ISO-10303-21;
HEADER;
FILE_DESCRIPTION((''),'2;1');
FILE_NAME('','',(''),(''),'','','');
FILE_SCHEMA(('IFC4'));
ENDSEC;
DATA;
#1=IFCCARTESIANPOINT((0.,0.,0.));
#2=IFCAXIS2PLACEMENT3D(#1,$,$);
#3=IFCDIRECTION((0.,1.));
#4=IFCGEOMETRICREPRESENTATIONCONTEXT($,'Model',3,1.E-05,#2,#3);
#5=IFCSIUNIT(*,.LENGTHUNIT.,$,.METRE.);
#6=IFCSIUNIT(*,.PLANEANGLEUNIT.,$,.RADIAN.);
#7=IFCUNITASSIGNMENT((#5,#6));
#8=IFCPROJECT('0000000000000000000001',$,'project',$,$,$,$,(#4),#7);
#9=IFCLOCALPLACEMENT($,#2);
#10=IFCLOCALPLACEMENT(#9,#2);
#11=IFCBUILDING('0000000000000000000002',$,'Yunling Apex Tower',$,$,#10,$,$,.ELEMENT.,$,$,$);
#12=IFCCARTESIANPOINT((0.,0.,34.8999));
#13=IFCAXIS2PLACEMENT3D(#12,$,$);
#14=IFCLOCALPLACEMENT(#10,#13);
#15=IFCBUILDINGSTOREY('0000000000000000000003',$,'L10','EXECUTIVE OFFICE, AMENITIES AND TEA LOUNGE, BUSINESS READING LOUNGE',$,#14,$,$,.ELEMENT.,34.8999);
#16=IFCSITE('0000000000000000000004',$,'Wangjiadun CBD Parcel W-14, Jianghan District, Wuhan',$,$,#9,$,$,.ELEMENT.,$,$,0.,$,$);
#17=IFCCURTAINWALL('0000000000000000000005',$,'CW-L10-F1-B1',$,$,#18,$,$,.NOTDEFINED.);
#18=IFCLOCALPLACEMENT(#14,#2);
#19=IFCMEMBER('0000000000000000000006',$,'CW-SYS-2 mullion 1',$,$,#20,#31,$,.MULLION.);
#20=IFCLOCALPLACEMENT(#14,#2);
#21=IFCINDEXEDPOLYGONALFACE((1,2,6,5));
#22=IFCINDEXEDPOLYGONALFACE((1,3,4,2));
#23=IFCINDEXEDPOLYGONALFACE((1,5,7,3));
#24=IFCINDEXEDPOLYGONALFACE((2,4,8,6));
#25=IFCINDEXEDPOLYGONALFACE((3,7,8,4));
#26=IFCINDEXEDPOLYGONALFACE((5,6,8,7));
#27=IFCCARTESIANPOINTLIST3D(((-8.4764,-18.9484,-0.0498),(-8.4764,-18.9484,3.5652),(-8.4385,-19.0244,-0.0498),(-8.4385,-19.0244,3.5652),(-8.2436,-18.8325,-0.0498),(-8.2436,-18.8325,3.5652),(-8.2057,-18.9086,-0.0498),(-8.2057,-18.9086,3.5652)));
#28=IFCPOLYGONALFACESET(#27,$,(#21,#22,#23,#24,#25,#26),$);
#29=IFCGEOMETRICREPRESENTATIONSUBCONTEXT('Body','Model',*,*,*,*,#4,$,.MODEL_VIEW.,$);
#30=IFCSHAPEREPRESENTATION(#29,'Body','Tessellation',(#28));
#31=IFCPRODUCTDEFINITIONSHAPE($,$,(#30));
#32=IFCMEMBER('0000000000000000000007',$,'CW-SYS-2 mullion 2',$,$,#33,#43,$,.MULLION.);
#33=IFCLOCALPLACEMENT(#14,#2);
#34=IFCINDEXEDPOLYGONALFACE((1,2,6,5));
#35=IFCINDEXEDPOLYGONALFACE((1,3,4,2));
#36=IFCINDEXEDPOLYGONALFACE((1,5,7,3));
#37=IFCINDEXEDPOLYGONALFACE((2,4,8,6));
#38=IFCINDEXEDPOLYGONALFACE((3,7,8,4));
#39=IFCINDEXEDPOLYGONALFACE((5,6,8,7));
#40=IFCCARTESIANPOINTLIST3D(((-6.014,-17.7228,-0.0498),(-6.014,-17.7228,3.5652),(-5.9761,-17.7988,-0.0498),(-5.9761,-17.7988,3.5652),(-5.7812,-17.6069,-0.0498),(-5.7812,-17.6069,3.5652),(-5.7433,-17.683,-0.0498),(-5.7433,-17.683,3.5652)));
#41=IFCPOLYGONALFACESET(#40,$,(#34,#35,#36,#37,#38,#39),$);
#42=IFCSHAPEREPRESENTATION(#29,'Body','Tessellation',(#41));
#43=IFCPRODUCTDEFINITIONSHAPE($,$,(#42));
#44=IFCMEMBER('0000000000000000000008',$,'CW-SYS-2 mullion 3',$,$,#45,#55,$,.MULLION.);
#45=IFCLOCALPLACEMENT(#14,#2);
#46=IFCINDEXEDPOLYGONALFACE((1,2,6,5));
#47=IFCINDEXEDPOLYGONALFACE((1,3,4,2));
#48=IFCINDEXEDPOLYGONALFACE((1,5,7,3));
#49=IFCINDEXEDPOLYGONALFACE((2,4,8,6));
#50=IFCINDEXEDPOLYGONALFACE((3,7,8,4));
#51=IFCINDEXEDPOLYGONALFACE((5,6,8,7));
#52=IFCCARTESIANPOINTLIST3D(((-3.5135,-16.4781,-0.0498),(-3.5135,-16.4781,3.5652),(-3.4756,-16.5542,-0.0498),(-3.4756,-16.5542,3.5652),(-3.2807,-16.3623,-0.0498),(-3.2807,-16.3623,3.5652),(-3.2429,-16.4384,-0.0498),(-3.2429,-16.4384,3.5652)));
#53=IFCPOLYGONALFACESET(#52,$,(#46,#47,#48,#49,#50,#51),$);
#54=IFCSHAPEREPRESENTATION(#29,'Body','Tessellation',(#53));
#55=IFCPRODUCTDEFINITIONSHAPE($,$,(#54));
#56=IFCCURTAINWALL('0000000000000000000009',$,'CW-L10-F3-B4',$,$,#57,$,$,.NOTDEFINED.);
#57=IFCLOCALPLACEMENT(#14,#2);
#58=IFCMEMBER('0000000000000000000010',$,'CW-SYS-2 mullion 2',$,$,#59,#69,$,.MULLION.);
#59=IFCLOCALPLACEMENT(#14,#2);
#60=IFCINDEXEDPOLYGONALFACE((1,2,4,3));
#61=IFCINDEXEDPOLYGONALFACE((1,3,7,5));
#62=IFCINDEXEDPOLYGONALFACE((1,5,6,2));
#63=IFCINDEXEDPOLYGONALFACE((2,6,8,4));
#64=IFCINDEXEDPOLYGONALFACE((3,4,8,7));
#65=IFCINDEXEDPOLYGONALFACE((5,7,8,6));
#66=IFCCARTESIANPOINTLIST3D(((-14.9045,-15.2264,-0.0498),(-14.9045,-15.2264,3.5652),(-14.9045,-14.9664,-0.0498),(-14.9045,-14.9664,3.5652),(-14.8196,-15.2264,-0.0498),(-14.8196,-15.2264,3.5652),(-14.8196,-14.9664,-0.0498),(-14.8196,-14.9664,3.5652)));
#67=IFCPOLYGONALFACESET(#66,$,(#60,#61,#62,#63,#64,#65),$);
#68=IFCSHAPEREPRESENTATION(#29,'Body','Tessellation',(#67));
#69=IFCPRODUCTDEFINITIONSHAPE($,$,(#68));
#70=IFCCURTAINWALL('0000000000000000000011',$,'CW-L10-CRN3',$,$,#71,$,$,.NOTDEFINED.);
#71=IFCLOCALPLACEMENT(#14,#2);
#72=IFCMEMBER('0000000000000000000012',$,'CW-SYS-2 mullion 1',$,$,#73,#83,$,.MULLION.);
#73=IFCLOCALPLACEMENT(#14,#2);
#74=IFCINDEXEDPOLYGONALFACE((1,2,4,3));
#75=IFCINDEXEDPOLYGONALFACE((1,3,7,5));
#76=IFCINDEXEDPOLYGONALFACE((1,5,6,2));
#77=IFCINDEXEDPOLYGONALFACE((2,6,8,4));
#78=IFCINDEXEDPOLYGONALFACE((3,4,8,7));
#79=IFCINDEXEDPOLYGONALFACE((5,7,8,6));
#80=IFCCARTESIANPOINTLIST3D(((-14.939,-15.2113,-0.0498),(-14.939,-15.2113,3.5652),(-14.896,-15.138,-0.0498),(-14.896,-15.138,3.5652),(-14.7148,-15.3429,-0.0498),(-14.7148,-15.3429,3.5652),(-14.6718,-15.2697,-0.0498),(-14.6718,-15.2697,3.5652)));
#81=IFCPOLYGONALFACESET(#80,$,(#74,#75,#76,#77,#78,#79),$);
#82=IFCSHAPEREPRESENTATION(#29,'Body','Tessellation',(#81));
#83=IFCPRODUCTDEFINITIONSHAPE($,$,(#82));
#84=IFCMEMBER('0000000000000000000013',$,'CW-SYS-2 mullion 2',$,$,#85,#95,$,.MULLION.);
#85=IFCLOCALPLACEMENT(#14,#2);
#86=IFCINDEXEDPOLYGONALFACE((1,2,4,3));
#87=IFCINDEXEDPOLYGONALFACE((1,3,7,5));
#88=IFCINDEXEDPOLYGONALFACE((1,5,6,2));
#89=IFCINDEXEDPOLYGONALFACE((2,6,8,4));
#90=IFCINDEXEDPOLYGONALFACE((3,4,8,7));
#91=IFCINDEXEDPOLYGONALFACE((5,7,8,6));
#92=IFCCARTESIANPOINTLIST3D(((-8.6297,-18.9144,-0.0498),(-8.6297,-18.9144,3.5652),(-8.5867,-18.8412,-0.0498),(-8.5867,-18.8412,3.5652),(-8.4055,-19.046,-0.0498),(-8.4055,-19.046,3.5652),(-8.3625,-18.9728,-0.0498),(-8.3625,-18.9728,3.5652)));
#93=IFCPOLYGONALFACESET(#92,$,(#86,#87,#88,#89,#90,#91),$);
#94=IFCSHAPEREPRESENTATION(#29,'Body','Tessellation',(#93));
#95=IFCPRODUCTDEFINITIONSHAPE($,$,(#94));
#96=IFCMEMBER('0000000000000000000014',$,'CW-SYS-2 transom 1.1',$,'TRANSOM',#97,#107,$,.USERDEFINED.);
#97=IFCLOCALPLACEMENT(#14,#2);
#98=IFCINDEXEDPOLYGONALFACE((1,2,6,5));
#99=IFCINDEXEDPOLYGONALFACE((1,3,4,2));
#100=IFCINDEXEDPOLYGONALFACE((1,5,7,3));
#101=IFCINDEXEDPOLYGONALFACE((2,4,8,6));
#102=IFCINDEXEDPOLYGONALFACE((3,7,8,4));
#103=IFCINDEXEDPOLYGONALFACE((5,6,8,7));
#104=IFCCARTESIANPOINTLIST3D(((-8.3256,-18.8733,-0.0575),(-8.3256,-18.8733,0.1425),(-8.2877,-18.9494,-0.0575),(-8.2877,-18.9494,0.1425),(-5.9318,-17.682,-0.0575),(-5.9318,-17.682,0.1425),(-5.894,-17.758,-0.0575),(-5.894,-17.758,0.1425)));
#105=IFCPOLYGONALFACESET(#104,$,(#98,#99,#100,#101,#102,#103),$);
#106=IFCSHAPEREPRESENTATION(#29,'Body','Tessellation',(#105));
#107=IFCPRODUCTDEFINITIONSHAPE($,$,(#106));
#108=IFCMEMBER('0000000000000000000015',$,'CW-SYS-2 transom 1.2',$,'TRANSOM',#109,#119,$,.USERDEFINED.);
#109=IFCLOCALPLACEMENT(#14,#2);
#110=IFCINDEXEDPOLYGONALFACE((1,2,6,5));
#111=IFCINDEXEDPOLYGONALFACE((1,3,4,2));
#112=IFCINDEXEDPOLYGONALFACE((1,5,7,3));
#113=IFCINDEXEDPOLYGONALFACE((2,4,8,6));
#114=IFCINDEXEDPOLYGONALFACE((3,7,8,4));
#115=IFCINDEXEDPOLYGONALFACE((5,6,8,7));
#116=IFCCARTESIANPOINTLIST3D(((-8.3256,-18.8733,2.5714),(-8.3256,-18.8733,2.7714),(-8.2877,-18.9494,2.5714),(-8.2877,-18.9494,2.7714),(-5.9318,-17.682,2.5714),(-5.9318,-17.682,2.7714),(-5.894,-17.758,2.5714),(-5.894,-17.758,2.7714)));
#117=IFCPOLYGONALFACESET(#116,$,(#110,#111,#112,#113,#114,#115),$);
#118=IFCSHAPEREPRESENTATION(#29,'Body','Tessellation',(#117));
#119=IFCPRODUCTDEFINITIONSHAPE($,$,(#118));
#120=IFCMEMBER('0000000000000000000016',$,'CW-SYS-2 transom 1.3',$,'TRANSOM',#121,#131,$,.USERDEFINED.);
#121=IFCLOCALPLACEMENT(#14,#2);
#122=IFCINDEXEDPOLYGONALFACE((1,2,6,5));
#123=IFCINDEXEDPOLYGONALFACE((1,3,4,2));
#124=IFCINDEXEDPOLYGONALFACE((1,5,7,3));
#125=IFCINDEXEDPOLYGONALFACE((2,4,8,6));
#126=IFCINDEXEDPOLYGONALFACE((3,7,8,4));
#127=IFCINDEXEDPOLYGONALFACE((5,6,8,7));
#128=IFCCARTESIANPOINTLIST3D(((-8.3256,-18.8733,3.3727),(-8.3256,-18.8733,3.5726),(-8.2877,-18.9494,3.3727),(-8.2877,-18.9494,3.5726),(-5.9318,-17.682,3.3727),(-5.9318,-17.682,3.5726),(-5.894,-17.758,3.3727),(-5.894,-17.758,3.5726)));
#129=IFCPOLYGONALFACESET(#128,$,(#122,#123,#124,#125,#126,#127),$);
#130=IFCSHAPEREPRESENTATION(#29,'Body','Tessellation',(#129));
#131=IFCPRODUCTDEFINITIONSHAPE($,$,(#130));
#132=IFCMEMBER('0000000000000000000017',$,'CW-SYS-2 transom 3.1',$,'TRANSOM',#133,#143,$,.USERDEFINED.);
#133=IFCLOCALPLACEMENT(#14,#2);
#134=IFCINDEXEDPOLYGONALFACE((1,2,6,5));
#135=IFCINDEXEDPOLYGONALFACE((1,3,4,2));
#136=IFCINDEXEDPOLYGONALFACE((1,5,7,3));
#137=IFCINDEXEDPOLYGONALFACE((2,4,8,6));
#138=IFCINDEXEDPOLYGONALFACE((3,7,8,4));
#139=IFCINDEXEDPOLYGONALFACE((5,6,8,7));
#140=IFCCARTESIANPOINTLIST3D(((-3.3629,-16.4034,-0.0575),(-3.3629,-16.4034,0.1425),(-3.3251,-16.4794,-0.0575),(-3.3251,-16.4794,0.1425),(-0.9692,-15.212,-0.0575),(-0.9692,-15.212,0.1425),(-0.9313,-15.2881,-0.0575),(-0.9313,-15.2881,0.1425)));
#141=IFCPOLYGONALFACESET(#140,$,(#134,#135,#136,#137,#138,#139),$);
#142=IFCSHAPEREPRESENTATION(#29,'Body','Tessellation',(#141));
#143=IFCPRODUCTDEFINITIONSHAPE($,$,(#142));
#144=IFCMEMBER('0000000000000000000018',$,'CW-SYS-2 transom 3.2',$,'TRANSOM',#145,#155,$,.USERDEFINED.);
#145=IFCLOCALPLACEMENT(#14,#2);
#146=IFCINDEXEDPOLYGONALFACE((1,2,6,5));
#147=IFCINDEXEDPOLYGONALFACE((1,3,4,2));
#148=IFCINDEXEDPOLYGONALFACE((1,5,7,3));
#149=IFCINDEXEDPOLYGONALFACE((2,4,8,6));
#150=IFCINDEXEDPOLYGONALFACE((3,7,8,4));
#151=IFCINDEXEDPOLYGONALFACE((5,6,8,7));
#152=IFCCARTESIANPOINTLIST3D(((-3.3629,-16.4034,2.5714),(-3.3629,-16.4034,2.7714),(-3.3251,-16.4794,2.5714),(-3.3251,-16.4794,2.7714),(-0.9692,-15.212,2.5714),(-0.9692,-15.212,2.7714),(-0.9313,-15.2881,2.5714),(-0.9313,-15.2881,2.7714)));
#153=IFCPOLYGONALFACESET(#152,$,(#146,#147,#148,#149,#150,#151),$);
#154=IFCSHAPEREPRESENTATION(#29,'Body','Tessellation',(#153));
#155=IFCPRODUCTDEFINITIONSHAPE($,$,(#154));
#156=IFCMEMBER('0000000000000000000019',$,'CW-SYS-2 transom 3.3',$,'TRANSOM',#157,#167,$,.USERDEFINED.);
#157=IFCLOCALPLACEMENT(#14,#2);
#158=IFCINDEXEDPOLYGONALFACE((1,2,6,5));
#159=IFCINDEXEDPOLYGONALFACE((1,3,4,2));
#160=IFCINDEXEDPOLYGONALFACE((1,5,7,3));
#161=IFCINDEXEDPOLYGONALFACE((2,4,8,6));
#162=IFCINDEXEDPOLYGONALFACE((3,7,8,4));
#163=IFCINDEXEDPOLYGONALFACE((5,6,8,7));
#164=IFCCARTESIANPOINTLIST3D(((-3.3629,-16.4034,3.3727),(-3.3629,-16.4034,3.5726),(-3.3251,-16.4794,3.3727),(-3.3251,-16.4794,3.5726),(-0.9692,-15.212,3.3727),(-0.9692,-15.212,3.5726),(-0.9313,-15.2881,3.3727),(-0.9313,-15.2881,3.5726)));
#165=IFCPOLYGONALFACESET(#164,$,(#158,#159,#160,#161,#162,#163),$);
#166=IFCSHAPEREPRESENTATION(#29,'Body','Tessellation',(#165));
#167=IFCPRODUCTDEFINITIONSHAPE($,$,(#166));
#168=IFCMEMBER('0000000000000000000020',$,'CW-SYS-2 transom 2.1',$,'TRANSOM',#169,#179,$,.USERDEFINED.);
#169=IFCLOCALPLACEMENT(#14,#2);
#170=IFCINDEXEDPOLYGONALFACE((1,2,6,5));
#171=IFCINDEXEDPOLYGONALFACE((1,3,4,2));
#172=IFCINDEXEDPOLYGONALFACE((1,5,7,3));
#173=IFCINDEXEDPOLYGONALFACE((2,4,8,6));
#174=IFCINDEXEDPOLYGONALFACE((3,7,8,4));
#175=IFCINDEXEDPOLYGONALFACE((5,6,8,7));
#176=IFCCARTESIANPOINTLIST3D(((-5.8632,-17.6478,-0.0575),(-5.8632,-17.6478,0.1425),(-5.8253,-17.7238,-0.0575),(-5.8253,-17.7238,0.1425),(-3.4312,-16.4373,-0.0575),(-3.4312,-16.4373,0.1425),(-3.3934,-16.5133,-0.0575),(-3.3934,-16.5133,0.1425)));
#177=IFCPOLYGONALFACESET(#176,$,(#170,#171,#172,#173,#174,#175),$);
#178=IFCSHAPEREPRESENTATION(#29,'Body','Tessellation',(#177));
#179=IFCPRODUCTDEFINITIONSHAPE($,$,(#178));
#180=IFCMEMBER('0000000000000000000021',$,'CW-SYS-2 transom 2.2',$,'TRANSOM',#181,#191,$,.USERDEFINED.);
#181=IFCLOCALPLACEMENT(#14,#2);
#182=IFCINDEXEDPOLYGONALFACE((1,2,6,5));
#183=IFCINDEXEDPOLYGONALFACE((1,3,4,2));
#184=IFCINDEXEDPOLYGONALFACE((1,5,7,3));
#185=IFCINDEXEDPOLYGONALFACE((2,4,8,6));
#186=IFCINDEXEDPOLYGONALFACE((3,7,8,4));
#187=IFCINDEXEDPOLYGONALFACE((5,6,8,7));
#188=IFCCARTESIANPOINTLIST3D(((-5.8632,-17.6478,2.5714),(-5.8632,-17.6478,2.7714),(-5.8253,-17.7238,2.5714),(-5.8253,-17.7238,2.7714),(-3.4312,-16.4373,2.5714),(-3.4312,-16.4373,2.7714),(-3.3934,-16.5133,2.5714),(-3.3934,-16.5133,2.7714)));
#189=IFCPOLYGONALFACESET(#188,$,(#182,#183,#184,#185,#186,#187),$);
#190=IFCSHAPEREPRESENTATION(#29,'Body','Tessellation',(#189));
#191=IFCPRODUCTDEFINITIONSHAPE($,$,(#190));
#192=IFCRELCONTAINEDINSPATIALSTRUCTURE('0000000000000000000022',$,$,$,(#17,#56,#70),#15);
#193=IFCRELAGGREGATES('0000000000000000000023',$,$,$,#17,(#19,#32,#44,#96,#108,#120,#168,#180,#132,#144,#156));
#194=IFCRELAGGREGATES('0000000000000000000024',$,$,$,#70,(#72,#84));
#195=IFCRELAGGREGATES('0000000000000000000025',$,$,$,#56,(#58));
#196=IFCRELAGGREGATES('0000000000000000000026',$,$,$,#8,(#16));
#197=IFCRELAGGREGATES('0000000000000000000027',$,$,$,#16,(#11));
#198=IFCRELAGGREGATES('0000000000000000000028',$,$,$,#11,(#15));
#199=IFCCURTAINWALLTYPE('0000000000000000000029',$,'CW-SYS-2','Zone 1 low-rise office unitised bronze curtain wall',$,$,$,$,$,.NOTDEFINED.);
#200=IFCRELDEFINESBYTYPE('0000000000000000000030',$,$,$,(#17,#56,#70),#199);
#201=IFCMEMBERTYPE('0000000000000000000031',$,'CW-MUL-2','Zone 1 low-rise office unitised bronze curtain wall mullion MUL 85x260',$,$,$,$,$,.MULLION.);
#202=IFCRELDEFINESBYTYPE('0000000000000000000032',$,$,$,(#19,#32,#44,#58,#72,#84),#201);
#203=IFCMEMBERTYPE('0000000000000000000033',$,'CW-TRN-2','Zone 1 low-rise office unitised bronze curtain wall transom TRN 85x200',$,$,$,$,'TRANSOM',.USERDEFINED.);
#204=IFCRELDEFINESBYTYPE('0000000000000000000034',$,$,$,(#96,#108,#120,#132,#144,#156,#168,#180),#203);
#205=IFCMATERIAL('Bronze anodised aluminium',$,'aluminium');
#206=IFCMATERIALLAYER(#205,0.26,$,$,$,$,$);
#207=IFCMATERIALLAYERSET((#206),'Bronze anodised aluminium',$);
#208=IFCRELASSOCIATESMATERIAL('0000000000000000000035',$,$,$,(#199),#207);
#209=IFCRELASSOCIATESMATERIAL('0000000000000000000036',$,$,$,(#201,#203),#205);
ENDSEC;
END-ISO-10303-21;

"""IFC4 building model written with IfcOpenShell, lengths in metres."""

from ifc_helpers import new_model, si_unit, direction, frame, origin, origin_2d, place, context, subcontext, project, spatial, rectangle, extrude, source, transform, mapped, material, layer, layer_set, material_profile, profile_set, type_object, element, aggregate, save


model = new_model("IFC4")

# Units and contexts
model_context = context("Model", 3, precision=1e-05, world=origin(), true_north=direction((0.0, 1.0)))
body_context = subcontext(model_context, "Body", "Model", "MODEL_VIEW")
ifc_project = project(units=[si_unit("LENGTHUNIT", "METRE"), si_unit("PLANEANGLEUNIT", "RADIAN")], contexts=[model_context])

# Site, building, storey
site_placement = place(None, origin())
site = spatial("IfcSite", under=ifc_project, at=site_placement, Name="Wangjiadun CBD Parcel W-14, Jianghan District, Wuhan", CompositionType="ELEMENT", RefElevation=0.0)
building_placement = place(site_placement, origin())
building = spatial("IfcBuilding", under=site, at=building_placement, Name="Yunling Apex Tower", CompositionType="ELEMENT")
storey_placement = place(building_placement, frame((0.0, 0.0, 34.8999)))
storey = spatial("IfcBuildingStorey", under=building, at=storey_placement, Name="L10", Description="EXECUTIVE OFFICE, AMENITIES AND TEA LOUNGE, BUSINESS READING LOUNGE", CompositionType="ELEMENT", Elevation=34.8999)

# Curtain wall, members
ifc_material_1 = material(Name="Bronze anodised aluminium", Category="aluminium")
ifc_layer_1 = layer(ifc_material_1, 0.26)
ifc_layer_set_1 = layer_set([ifc_layer_1], Name="Bronze anodised aluminium")
curtain_wall_type = type_object("IfcCurtainWallType", Name="CW-SYS-2", Description="Zone 1 low-rise office unitised bronze curtain wall", PredefinedType="NOTDEFINED", material=ifc_layer_set_1)
curtain_wall_1_placement = place(storey_placement, origin())
curtain_wall_1 = element("IfcCurtainWall", 1, at=curtain_wall_1_placement, inside=storey, type_object=curtain_wall_type, Name="CW-L10-F1-B1", PredefinedType="NOTDEFINED")
ifc_material_profile_1 = material_profile(ifc_material_1, rectangle(XDim=0.085, YDim=0.26, at=origin_2d()))
ifc_profile_set_1 = profile_set([ifc_material_profile_1], Name="Bronze anodised aluminium")
member_type_1 = type_object("IfcMemberType", Name="CW-MUL-2", Description="Zone 1 low-rise office unitised bronze curtain wall mullion MUL 85x260", PredefinedType="MULLION", material=ifc_profile_set_1)
shared_shape_1 = source(origin(), body_context, "Body", "SweptSolid", [
    extrude(rectangle(XDim=0.085, YDim=0.26, at=origin_2d()), origin(), (0.0, 0.0, 1.0), 3.615),
])
member_1_placement = place(storey_placement, frame((-8.3411, -18.9285, -0.0498), z_axis=(0.0, 0.0, 1.0), x_axis=(-0.445571, 0.895247, 0.0)))
member_1 = element("IfcMember", 2, at=member_1_placement, type_object=member_type_1, Name="CW-SYS-2 mullion 1", PredefinedType="MULLION", context=body_context, shape_type="MappedRepresentation", body=[
    mapped(shared_shape_1, transform((0.0, 0.0, 0.0), scale=1.0)),
])
member_2_placement = place(storey_placement, frame((-5.8787, -17.7029, -0.0498), z_axis=(0.0, 0.0, 1.0), x_axis=(-0.445571, 0.895247, 0.0)))
member_2 = element("IfcMember", 3, at=member_2_placement, type_object=member_type_1, Name="CW-SYS-2 mullion 2", PredefinedType="MULLION", context=body_context, shape_type="MappedRepresentation", body=[
    mapped(shared_shape_1, transform((0.0, 0.0, 0.0), scale=1.0)),
])
member_3_placement = place(storey_placement, frame((-3.3782, -16.4583, -0.0498), z_axis=(0.0, 0.0, 1.0), x_axis=(-0.445571, 0.895247, 0.0)))
member_3 = element("IfcMember", 4, at=member_3_placement, type_object=member_type_1, Name="CW-SYS-2 mullion 3", PredefinedType="MULLION", context=body_context, shape_type="MappedRepresentation", body=[
    mapped(shared_shape_1, transform((0.0, 0.0, 0.0), scale=1.0)),
])

# Curtain wall, member
curtain_wall_2_placement = place(storey_placement, origin())
curtain_wall_2 = element("IfcCurtainWall", 5, at=curtain_wall_2_placement, inside=storey, type_object=curtain_wall_type, Name="CW-L10-F3-B4", PredefinedType="NOTDEFINED")
member_4_placement = place(storey_placement, frame((-14.8621, -15.0964, -0.0498), z_axis=(0.0, 0.0, 1.0), x_axis=(1.0, 0.0, 0.0)))
member_4 = element("IfcMember", 6, at=member_4_placement, type_object=member_type_1, Name="CW-SYS-2 mullion 2", PredefinedType="MULLION", context=body_context, shape_type="MappedRepresentation", body=[
    mapped(shared_shape_1, transform((0.0, 0.0, 0.0), scale=1.0)),
])

# Curtain wall, members
curtain_wall_3_placement = place(storey_placement, origin())
curtain_wall_3 = element("IfcCurtainWall", 7, at=curtain_wall_3_placement, inside=storey, type_object=curtain_wall_type, Name="CW-L10-CRN3", PredefinedType="NOTDEFINED")
member_5_placement = place(storey_placement, frame((-14.8054, -15.2405, -0.0498), z_axis=(0.0, 0.0, 1.0), x_axis=(0.506196, 0.862419, 0.0)))
member_5 = element("IfcMember", 8, at=member_5_placement, type_object=member_type_1, Name="CW-SYS-2 mullion 1", PredefinedType="MULLION", context=body_context, shape_type="MappedRepresentation", body=[
    mapped(shared_shape_1, transform((0.0, 0.0, 0.0), scale=1.0)),
])
member_6_placement = place(storey_placement, frame((-8.4961, -18.9436, -0.0498), z_axis=(0.0, 0.0, 1.0), x_axis=(0.506196, 0.862419, 0.0)))
member_6 = element("IfcMember", 9, at=member_6_placement, type_object=member_type_1, Name="CW-SYS-2 mullion 2", PredefinedType="MULLION", context=body_context, shape_type="MappedRepresentation", body=[
    mapped(shared_shape_1, transform((0.0, 0.0, 0.0), scale=1.0)),
])

# Members
ifc_material_profile_2 = material_profile(ifc_material_1, rectangle(XDim=0.085, YDim=0.2, at=origin_2d()))
ifc_profile_set_2 = profile_set([ifc_material_profile_2], Name="Bronze anodised aluminium")
member_type_2 = type_object("IfcMemberType", Name="CW-TRN-2", Description="Zone 1 low-rise office unitised bronze curtain wall transom TRN 85x200", ElementType="TRANSOM", PredefinedType="USERDEFINED", material=ifc_profile_set_2)
shared_shape_2 = source(origin(), body_context, "Body", "SweptSolid", [
    extrude(rectangle(XDim=0.085, YDim=0.2, at=origin_2d()), origin(), (0.0, 0.0, 1.0), 2.6738),
])
member_7_placement = place(storey_placement, frame((-8.3066, -18.9114, 0.0425), z_axis=(0.895247, 0.445569, 0.0), x_axis=(-0.445569, 0.895247, 0.0)))
member_7 = element("IfcMember", 10, at=member_7_placement, type_object=member_type_2, Name="CW-SYS-2 transom 1.1", ObjectType="TRANSOM", PredefinedType="USERDEFINED", context=body_context, shape_type="MappedRepresentation", body=[
    mapped(shared_shape_2, transform((0.0, 0.0, 0.0), scale=1.0)),
])
member_8_placement = place(storey_placement, frame((-8.3066, -18.9114, 2.6714), z_axis=(0.895247, 0.445569, 0.0), x_axis=(-0.445569, 0.895247, 0.0)))
member_8 = element("IfcMember", 11, at=member_8_placement, type_object=member_type_2, Name="CW-SYS-2 transom 1.2", ObjectType="TRANSOM", PredefinedType="USERDEFINED", context=body_context, shape_type="MappedRepresentation", body=[
    mapped(shared_shape_2, transform((0.0, 0.0, 0.0), scale=1.0)),
])
member_9_placement = place(storey_placement, frame((-8.3066, -18.9114, 3.4727), z_axis=(0.895247, 0.445569, 0.0), x_axis=(-0.445569, 0.895247, 0.0)))
member_9 = element("IfcMember", 12, at=member_9_placement, type_object=member_type_2, Name="CW-SYS-2 transom 1.3", ObjectType="TRANSOM", PredefinedType="USERDEFINED", context=body_context, shape_type="MappedRepresentation", body=[
    mapped(shared_shape_2, transform((0.0, 0.0, 0.0), scale=1.0)),
])
member_10_placement = place(storey_placement, frame((-3.344, -16.4414, 0.0425), z_axis=(0.895247, 0.445569, 0.0), x_axis=(-0.445569, 0.895247, 0.0)))
member_10 = element("IfcMember", 13, at=member_10_placement, type_object=member_type_2, Name="CW-SYS-2 transom 3.1", ObjectType="TRANSOM", PredefinedType="USERDEFINED", context=body_context, shape_type="MappedRepresentation", body=[
    mapped(shared_shape_2, transform((0.0, 0.0, 0.0), scale=1.0)),
])
member_11_placement = place(storey_placement, frame((-3.344, -16.4414, 2.6714), z_axis=(0.895247, 0.445569, 0.0), x_axis=(-0.445569, 0.895247, 0.0)))
member_11 = element("IfcMember", 14, at=member_11_placement, type_object=member_type_2, Name="CW-SYS-2 transom 3.2", ObjectType="TRANSOM", PredefinedType="USERDEFINED", context=body_context, shape_type="MappedRepresentation", body=[
    mapped(shared_shape_2, transform((0.0, 0.0, 0.0), scale=1.0)),
])
member_12_placement = place(storey_placement, frame((-3.344, -16.4414, 3.4727), z_axis=(0.895247, 0.445569, 0.0), x_axis=(-0.445569, 0.895247, 0.0)))
member_12 = element("IfcMember", 15, at=member_12_placement, type_object=member_type_2, Name="CW-SYS-2 transom 3.3", ObjectType="TRANSOM", PredefinedType="USERDEFINED", context=body_context, shape_type="MappedRepresentation", body=[
    mapped(shared_shape_2, transform((0.0, 0.0, 0.0), scale=1.0)),
])
shared_shape_3 = source(origin(), body_context, "Body", "SweptSolid", [
    extrude(rectangle(XDim=0.085, YDim=0.2, at=origin_2d()), origin(), (0.0, 0.0, 1.0), 2.7166),
])
member_13_placement = place(storey_placement, frame((-5.8442, -17.6858, 0.0425), z_axis=(0.895235, 0.445595, 0.0), x_axis=(-0.445595, 0.895235, 0.0)))
member_13 = element("IfcMember", 16, at=member_13_placement, type_object=member_type_2, Name="CW-SYS-2 transom 2.1", ObjectType="TRANSOM", PredefinedType="USERDEFINED", context=body_context, shape_type="MappedRepresentation", body=[
    mapped(shared_shape_3, transform((0.0, 0.0, 0.0), scale=1.0)),
])
member_14_placement = place(storey_placement, frame((-5.8442, -17.6858, 2.6714), z_axis=(0.895235, 0.445595, 0.0), x_axis=(-0.445595, 0.895235, 0.0)))
member_14 = element("IfcMember", 17, at=member_14_placement, type_object=member_type_2, Name="CW-SYS-2 transom 2.2", ObjectType="TRANSOM", PredefinedType="USERDEFINED", context=body_context, shape_type="MappedRepresentation", body=[
    mapped(shared_shape_3, transform((0.0, 0.0, 0.0), scale=1.0)),
])

aggregate(curtain_wall_1, [member_1, member_2, member_3, member_7, member_8, member_9, member_13, member_14, member_10, member_11, member_12])
aggregate(curtain_wall_3, [member_5, member_6])
aggregate(curtain_wall_2, [member_4])

save(model, "model.ifc")
